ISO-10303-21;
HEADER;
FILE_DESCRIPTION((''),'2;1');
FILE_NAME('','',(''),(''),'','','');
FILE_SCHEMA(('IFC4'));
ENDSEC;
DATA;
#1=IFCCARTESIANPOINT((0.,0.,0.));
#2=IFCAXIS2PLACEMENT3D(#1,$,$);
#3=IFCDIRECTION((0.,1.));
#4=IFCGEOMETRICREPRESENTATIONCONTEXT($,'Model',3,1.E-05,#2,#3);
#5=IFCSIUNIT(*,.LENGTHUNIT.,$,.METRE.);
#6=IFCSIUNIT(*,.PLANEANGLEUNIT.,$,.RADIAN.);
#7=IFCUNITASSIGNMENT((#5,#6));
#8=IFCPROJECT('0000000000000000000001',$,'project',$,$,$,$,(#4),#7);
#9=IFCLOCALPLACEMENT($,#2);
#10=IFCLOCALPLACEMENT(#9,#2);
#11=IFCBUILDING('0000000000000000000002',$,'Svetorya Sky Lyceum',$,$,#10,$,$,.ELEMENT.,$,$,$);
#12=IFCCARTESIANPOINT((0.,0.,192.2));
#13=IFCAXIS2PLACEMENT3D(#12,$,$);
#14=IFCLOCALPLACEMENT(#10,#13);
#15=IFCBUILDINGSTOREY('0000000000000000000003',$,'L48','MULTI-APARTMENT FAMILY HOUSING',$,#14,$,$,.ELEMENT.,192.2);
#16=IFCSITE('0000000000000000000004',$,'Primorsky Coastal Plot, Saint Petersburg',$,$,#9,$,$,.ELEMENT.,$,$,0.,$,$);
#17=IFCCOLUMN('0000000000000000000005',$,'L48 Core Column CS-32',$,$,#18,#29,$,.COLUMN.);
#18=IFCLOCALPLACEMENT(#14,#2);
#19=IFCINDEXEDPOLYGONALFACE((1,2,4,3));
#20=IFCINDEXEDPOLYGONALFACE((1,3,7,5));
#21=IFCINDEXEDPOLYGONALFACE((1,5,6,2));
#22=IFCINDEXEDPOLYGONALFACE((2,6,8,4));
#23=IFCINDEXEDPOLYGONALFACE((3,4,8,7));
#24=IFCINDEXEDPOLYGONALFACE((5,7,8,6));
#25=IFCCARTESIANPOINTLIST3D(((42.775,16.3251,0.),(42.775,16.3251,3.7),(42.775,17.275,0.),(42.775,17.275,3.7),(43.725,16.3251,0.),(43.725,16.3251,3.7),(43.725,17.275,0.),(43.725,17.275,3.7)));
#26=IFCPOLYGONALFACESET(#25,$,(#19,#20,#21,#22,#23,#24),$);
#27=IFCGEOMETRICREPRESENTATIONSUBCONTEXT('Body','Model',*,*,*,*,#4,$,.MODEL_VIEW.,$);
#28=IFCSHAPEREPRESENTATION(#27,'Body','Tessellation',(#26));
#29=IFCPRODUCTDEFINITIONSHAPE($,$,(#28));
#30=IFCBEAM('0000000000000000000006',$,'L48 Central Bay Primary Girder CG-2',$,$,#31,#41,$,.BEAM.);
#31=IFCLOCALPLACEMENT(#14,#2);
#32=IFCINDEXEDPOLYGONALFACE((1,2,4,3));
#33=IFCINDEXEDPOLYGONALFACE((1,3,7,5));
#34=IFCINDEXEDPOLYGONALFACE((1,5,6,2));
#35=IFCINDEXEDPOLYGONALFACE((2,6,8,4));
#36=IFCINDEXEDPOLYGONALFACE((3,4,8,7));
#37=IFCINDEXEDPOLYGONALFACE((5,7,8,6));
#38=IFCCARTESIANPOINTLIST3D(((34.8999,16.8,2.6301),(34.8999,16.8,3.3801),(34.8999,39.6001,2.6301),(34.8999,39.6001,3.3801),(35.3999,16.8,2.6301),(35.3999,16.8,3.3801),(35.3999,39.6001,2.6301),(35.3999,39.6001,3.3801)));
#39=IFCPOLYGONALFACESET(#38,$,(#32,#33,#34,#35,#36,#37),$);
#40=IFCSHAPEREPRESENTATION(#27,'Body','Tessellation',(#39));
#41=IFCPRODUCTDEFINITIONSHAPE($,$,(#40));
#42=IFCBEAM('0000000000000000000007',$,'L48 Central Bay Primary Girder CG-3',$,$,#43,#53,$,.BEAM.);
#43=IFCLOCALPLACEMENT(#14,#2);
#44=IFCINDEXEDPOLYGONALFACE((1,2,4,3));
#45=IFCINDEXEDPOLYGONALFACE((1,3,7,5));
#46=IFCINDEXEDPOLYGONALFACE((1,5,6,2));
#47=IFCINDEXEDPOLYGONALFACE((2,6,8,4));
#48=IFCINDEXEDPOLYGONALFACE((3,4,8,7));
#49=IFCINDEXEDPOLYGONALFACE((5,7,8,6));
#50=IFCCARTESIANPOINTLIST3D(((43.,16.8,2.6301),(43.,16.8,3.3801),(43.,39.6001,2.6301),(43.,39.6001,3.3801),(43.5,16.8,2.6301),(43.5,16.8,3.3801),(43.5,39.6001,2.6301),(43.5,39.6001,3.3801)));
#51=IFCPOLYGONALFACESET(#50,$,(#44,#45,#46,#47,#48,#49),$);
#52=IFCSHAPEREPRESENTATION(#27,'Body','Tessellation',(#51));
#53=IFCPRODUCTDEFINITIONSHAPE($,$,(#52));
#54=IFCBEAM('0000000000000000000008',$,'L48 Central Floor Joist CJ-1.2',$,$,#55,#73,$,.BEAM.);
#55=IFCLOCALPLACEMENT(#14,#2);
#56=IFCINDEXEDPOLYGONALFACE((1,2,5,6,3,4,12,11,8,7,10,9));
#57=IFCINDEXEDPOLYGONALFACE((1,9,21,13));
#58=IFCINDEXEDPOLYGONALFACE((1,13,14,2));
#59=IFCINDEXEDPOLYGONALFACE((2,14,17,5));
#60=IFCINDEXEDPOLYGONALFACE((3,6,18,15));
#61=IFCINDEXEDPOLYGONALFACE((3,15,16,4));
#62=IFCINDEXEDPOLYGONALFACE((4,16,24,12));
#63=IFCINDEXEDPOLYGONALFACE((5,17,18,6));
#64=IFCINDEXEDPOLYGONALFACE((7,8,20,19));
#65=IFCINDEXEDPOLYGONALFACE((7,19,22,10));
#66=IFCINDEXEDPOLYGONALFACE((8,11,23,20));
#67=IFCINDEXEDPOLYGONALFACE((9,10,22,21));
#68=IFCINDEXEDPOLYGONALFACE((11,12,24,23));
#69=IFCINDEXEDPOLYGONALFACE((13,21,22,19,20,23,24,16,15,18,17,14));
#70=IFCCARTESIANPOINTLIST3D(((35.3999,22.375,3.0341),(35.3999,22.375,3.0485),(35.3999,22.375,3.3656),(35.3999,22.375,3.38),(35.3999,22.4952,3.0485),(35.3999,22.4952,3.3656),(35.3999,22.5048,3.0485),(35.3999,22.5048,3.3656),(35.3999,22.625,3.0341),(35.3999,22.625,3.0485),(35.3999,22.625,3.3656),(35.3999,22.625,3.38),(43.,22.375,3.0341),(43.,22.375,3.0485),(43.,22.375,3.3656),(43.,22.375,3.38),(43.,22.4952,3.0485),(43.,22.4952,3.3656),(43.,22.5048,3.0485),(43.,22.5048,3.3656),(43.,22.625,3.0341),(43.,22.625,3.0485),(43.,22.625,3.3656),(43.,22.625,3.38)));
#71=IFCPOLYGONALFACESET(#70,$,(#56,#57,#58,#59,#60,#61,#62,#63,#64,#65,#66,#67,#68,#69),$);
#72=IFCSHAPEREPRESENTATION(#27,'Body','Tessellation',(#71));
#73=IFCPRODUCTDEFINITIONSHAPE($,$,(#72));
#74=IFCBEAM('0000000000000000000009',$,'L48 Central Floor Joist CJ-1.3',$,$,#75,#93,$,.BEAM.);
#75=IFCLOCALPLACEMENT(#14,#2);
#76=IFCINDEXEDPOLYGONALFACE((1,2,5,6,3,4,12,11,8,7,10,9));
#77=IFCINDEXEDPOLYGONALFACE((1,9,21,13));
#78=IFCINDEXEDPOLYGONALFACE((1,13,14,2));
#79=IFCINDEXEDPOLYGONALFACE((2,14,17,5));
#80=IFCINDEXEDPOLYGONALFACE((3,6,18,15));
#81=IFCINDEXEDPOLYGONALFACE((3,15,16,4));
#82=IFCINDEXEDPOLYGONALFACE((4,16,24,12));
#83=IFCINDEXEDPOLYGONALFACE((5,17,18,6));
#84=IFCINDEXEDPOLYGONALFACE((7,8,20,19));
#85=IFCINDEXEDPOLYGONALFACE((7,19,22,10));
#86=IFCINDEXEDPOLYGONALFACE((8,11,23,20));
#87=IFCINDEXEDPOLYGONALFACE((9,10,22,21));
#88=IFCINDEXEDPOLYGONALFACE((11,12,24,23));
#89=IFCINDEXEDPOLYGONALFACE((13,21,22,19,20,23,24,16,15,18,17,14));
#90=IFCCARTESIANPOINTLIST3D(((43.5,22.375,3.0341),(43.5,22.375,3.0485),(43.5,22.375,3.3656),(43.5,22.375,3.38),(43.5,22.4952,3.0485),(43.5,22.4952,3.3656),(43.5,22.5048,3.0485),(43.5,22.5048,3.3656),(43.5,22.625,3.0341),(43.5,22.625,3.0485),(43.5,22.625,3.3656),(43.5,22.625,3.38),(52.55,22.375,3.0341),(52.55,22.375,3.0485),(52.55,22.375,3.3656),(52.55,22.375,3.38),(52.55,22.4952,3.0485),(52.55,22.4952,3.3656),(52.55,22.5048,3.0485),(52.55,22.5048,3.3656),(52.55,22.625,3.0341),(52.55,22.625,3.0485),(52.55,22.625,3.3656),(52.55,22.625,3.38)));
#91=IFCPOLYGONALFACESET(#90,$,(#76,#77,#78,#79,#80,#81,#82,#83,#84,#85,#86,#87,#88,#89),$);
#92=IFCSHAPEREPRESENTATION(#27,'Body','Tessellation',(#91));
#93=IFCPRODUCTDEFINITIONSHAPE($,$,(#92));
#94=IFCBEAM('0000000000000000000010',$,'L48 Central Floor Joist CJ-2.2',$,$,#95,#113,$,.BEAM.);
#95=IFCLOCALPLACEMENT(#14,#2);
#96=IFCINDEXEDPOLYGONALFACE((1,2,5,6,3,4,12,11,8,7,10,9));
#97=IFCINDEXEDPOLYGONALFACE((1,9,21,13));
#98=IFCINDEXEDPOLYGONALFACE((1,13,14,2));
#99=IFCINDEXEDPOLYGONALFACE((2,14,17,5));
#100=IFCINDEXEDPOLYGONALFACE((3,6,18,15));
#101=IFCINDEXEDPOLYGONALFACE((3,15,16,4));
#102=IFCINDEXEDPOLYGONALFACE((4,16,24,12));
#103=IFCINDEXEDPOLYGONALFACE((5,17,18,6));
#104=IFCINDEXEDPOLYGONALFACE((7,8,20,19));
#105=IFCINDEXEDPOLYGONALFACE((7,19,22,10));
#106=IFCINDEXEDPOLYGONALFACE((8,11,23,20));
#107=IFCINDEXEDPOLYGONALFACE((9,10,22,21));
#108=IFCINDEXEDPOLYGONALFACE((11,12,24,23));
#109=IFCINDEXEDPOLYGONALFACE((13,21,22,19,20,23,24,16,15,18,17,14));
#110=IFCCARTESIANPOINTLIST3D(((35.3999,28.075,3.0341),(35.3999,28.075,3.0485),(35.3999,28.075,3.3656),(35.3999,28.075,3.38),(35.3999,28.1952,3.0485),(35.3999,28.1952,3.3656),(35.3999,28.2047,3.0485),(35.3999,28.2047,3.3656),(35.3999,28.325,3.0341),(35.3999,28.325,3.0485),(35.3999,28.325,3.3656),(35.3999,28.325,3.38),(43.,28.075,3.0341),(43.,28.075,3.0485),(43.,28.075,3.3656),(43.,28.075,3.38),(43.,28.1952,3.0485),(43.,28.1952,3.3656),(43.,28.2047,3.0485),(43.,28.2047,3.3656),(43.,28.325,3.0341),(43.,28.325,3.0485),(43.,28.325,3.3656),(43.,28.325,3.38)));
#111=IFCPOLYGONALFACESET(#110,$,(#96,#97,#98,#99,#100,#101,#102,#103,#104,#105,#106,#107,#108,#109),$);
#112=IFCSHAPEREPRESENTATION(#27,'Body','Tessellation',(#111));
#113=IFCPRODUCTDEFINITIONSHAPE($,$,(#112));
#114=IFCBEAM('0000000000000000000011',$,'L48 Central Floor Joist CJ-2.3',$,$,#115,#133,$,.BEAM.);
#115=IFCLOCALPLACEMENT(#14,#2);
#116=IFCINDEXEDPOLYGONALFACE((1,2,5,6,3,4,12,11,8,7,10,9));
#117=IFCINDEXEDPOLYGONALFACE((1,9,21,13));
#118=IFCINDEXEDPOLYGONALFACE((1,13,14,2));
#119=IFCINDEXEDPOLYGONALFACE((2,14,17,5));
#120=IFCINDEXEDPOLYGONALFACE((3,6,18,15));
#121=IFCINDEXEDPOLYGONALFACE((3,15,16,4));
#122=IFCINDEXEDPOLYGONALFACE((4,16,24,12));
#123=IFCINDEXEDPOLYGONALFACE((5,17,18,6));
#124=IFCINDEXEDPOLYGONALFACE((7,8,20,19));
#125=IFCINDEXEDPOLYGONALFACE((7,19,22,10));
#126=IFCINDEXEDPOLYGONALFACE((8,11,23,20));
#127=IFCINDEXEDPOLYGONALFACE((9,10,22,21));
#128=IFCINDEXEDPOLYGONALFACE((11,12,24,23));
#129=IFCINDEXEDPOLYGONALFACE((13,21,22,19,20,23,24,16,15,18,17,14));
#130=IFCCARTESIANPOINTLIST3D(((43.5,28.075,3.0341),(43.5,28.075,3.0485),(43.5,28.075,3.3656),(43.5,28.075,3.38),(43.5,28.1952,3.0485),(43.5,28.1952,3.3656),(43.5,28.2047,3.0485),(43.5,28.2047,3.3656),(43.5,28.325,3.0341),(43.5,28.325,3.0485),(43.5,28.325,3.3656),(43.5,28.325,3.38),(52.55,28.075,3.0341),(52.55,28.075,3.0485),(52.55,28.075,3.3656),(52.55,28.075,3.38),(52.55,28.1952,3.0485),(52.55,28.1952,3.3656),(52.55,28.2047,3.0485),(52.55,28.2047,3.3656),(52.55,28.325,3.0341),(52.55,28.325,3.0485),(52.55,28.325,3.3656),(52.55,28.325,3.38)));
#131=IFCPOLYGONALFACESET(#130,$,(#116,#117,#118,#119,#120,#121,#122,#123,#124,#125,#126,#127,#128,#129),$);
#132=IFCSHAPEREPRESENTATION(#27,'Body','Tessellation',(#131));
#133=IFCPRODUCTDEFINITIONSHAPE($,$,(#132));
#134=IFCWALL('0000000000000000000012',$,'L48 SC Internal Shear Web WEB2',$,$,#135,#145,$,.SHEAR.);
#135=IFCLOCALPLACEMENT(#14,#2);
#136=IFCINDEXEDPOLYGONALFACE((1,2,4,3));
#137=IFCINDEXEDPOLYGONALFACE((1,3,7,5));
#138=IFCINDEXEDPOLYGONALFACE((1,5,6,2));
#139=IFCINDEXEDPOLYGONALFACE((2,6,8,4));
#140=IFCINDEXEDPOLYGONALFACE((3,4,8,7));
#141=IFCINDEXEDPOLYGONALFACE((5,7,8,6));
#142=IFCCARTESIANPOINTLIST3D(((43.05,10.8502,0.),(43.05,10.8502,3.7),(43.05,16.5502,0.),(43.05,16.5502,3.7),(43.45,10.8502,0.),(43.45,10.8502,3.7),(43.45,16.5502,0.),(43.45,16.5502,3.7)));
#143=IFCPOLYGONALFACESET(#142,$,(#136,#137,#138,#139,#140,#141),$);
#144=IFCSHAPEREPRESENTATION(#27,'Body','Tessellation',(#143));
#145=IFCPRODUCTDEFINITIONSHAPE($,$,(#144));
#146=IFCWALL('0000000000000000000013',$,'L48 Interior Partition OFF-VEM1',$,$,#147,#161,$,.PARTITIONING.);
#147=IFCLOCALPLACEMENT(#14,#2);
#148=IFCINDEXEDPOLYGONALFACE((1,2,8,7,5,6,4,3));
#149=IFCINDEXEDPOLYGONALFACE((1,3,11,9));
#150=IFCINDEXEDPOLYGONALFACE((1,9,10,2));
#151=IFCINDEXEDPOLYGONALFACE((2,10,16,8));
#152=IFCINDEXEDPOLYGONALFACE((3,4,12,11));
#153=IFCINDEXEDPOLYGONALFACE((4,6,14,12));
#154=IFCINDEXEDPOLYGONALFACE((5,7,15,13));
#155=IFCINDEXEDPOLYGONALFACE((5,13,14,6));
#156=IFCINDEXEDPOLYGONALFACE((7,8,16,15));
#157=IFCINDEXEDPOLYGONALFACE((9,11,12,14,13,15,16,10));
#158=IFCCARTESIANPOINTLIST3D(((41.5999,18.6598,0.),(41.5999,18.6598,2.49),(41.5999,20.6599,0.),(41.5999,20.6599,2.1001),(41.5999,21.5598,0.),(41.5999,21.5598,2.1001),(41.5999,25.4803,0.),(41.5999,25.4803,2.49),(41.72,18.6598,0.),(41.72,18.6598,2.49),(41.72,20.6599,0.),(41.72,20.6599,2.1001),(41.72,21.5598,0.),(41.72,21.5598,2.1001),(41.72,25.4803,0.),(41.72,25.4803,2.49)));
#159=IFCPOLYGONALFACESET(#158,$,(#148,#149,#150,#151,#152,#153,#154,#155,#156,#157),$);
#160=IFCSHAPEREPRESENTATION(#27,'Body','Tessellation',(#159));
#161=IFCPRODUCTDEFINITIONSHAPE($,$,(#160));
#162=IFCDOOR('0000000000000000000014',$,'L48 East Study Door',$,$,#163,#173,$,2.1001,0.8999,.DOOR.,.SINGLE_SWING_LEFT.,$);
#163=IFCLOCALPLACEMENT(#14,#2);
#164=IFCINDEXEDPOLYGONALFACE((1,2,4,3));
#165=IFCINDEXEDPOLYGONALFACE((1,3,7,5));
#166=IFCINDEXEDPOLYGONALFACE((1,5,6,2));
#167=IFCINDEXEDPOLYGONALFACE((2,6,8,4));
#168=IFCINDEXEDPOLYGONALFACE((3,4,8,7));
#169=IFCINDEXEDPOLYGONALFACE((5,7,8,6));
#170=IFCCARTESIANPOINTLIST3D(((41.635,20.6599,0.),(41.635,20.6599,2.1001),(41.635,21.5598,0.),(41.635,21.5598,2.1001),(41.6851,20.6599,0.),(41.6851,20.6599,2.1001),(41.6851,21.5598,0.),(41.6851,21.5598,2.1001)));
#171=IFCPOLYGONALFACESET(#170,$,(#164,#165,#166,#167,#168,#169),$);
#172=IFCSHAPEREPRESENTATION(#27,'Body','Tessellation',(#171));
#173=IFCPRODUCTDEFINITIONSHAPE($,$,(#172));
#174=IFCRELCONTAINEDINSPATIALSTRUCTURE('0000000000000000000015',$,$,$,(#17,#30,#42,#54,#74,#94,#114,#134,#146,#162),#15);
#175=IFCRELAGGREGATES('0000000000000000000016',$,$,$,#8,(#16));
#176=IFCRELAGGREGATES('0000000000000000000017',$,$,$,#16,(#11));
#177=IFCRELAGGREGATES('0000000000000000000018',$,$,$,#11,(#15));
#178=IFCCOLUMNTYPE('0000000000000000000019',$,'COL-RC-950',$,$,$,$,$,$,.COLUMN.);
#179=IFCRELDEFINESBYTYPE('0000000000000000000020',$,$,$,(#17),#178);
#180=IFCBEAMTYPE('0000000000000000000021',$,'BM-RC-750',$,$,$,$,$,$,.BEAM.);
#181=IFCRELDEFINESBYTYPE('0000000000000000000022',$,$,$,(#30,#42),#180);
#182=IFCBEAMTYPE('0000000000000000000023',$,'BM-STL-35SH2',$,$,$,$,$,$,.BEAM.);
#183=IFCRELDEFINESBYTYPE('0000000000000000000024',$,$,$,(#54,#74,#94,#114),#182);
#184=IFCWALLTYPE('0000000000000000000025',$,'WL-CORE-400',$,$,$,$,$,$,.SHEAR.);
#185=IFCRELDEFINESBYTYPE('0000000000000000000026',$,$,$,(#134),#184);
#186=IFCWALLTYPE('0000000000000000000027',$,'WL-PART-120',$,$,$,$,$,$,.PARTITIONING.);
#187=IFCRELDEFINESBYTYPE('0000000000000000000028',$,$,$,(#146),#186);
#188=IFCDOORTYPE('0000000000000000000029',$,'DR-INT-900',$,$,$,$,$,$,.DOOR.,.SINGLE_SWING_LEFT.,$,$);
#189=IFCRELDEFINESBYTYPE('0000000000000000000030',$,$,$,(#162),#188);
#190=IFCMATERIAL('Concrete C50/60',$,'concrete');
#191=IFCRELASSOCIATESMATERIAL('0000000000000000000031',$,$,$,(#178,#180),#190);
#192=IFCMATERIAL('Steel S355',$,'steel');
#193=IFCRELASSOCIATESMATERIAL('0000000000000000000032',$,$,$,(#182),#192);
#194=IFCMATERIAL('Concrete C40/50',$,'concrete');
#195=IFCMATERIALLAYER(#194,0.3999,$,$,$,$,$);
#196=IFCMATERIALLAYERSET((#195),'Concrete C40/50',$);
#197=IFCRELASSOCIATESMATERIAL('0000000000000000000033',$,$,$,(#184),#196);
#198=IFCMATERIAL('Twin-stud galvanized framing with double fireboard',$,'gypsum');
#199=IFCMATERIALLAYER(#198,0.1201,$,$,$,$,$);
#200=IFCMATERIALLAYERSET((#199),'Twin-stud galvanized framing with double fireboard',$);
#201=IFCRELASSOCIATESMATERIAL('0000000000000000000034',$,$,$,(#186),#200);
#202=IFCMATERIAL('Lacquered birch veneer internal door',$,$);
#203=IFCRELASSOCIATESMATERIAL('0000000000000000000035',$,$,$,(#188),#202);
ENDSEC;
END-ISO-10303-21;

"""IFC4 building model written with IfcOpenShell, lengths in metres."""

from ifc_helpers import new_model, si_unit, direction, frame, frame_2d, origin, origin_2d, place, context, subcontext, project, spatial, rectangle, i_section, extrude, material, layer, layer_set, material_profile, profile_set, type_object, element, fill, save


model = new_model("IFC4")

# Units and contexts
model_context = context("Model", 3, precision=1e-05, world=origin(), true_north=direction((0.0, 1.0)))
body_context = subcontext(model_context, "Body", "Model", "MODEL_VIEW")
ifc_project = project(units=[si_unit("LENGTHUNIT", "METRE"), si_unit("PLANEANGLEUNIT", "RADIAN")], contexts=[model_context])

# Site, building, storey
site_placement = place(None, origin())
site = spatial("IfcSite", under=ifc_project, at=site_placement, Name="Primorsky Coastal Plot, Saint Petersburg", CompositionType="ELEMENT", RefElevation=0.0)
building_placement = place(site_placement, origin())
building = spatial("IfcBuilding", under=site, at=building_placement, Name="Svetorya Sky Lyceum", CompositionType="ELEMENT")
storey_placement = place(building_placement, frame((0.0, 0.0, 192.2)))
storey = spatial("IfcBuildingStorey", under=building, at=storey_placement, Name="L48", Description="MULTI-APARTMENT FAMILY HOUSING", CompositionType="ELEMENT", Elevation=192.2)

# Column
ifc_material_1 = material(Name="Concrete C50/60", Category="concrete")
ifc_material_profile_1 = material_profile(ifc_material_1, rectangle(XDim=0.95, YDim=0.95, at=origin_2d()), Name="RC COL 950x950")
ifc_profile_set_1 = profile_set([ifc_material_profile_1], Name="Concrete C50/60")
column_type = type_object("IfcColumnType", Name="COL-RC-950", PredefinedType="COLUMN", material=ifc_profile_set_1)
column_placement = place(storey_placement, frame((43.25, 16.8, 0.0), z_axis=(0.0, 0.0, 1.0), x_axis=(1.0, 0.0, 0.0)))
element("IfcColumn", 1, at=column_placement, inside=storey, type_object=column_type, Name="L48 Core Column CS-32", PredefinedType="COLUMN", context=body_context, shape_type="SweptSolid", body=[
    extrude(rectangle(XDim=0.95, YDim=0.95, at=origin_2d()), origin(), (0.0, 0.0, 1.0), 3.7),
])

# Beams
ifc_material_profile_2 = material_profile(ifc_material_1, rectangle(XDim=0.5, YDim=0.75, at=origin_2d()), Name="RC BEAM 500x750")
ifc_profile_set_2 = profile_set([ifc_material_profile_2], Name="Concrete C50/60")
beam_type_1 = type_object("IfcBeamType", Name="BM-RC-750", PredefinedType="BEAM", material=ifc_profile_set_2)
for number, where, z_axis, x_axis, name in (
    (2, (35.1499, 16.8, 3.0051), (0.0, 1.0, 0.0), (-1.0, 0.0, 0.0), "L48 Central Bay Primary Girder CG-2"),
    (3, (43.25, 16.8, 3.0051), (0.0, 1.0, 0.0), (-1.0, 0.0, 0.0), "L48 Central Bay Primary Girder CG-3"),
):
    element("IfcBeam", number, at=place(storey_placement, frame(where, z_axis=z_axis, x_axis=x_axis)), inside=storey, type_object=beam_type_1, Name=name, PredefinedType="BEAM", context=body_context, shape_type="SweptSolid", body=[
        extrude(rectangle(XDim=0.5, YDim=0.75, at=origin_2d()), origin(), (0.0, 0.0, 1.0), 22.8),
    ])
ifc_material_2 = material(Name="Steel S355", Category="steel")
ifc_material_profile_3 = material_profile(ifc_material_2, i_section(OverallWidth=0.25, OverallDepth=0.3459, WebThickness=0.0095, FlangeThickness=0.0144, at=origin_2d()), Name="GOST 35Sh2")
ifc_profile_set_3 = profile_set([ifc_material_profile_3], Name="Steel S355")
beam_type_2 = type_object("IfcBeamType", Name="BM-STL-35SH2", PredefinedType="BEAM", material=ifc_profile_set_3)
beam_1_placement = place(storey_placement, frame((35.3999, 22.5, 3.207), z_axis=(1.0, 0.0, 0.0), x_axis=(0.0, 1.0, 0.0)))
element("IfcBeam", 4, at=beam_1_placement, inside=storey, type_object=beam_type_2, Name="L48 Central Floor Joist CJ-1.2", PredefinedType="BEAM", context=body_context, shape_type="SweptSolid", body=[
    extrude(i_section(OverallWidth=0.25, OverallDepth=0.3459, WebThickness=0.0095, FlangeThickness=0.0144, at=origin_2d()), origin(), (0.0, 0.0, 1.0), 7.6001),
])
beam_2_placement = place(storey_placement, frame((43.5, 22.5, 3.207), z_axis=(1.0, 0.0, 0.0), x_axis=(0.0, 1.0, 0.0)))
element("IfcBeam", 5, at=beam_2_placement, inside=storey, type_object=beam_type_2, Name="L48 Central Floor Joist CJ-1.3", PredefinedType="BEAM", context=body_context, shape_type="SweptSolid", body=[
    extrude(i_section(OverallWidth=0.25, OverallDepth=0.3459, WebThickness=0.0095, FlangeThickness=0.0144, at=origin_2d()), origin(), (0.0, 0.0, 1.0), 9.05),
])
beam_3_placement = place(storey_placement, frame((35.3999, 28.2, 3.207), z_axis=(1.0, 0.0, 0.0), x_axis=(0.0, 1.0, 0.0)))
element("IfcBeam", 6, at=beam_3_placement, inside=storey, type_object=beam_type_2, Name="L48 Central Floor Joist CJ-2.2", PredefinedType="BEAM", context=body_context, shape_type="SweptSolid", body=[
    extrude(i_section(OverallWidth=0.25, OverallDepth=0.3459, WebThickness=0.0095, FlangeThickness=0.0144, at=origin_2d()), origin(), (0.0, 0.0, 1.0), 7.6001),
])
beam_4_placement = place(storey_placement, frame((43.5, 28.2, 3.207), z_axis=(1.0, 0.0, 0.0), x_axis=(0.0, 1.0, 0.0)))
element("IfcBeam", 7, at=beam_4_placement, inside=storey, type_object=beam_type_2, Name="L48 Central Floor Joist CJ-2.3", PredefinedType="BEAM", context=body_context, shape_type="SweptSolid", body=[
    extrude(i_section(OverallWidth=0.25, OverallDepth=0.3459, WebThickness=0.0095, FlangeThickness=0.0144, at=origin_2d()), origin(), (0.0, 0.0, 1.0), 9.05),
])

# Wall
ifc_material_3 = material(Name="Concrete C40/50", Category="concrete")
ifc_layer_1 = layer(ifc_material_3, 0.3999)
ifc_layer_set_1 = layer_set([ifc_layer_1], Name="Concrete C40/50")
wall_type_1 = type_object("IfcWallType", Name="WL-CORE-400", PredefinedType="SHEAR", material=ifc_layer_set_1)
wall_1_placement = place(storey_placement, frame((43.25, 10.8501, 0.0), z_axis=(0.0, 0.0, 1.0), x_axis=(0.0, 1.0, 0.0)))
element("IfcWall", 8, at=wall_1_placement, inside=storey, type_object=wall_type_1, Name="L48 SC Internal Shear Web WEB2", PredefinedType="SHEAR", context=body_context, shape_type="SweptSolid", body=[
    extrude(rectangle(XDim=5.7, YDim=0.3999, at=frame_2d((2.8501, 0.0))), origin(), (0.0, 0.0, 1.0), 3.7),
])

# Wall, opening, door
ifc_material_4 = material(Name="Twin-stud galvanized framing with double fireboard", Category="gypsum")
ifc_layer_2 = layer(ifc_material_4, 0.1201)
ifc_layer_set_2 = layer_set([ifc_layer_2], Name="Twin-stud galvanized framing with double fireboard")
wall_type_2 = type_object("IfcWallType", Name="WL-PART-120", PredefinedType="PARTITIONING", material=ifc_layer_set_2)
wall_2_placement = place(storey_placement, frame((41.6599, 18.6599, 0.0), z_axis=(0.0, 0.0, 1.0), x_axis=(0.0, 1.0, 0.0)))
wall_2 = element("IfcWall", 9, at=wall_2_placement, inside=storey, type_object=wall_type_2, Name="L48 Interior Partition OFF-VEM1", PredefinedType="PARTITIONING", context=body_context, shape_type="SweptSolid", body=[
    extrude(rectangle(XDim=6.8206, YDim=0.1201, at=frame_2d((3.4102, 0.0))), origin(), (0.0, 0.0, 1.0), 2.49),
])
opening_1_placement = place(wall_2_placement, frame((2.0, 0.0, 0.0)))
opening_1 = element("IfcOpeningElement", 10, at=opening_1_placement, cuts=wall_2, PredefinedType="OPENING", context=body_context, shape_type="SweptSolid", body=[
    extrude(rectangle(XDim=0.8999, YDim=2.1001, at=frame_2d((0.45, 1.05))), frame((0.0, 0.0701, 0.0), z_axis=(0.0, -1.0, 0.0), x_axis=(1.0, 0.0, 0.0)), (0.0, 0.0, 1.0), 0.1401),
])
ifc_material_5 = material(Name="Lacquered birch veneer internal door")
door_type_1 = type_object("IfcDoorType", Name="DR-INT-900", OperationType="SINGLE_SWING_LEFT", PredefinedType="DOOR", material=ifc_material_5)
door_1_placement = place(opening_1_placement, origin())
door_1 = element("IfcDoor", 11, at=door_1_placement, inside=storey, type_object=door_type_1, Name="L48 East Study Door", OperationType="SINGLE_SWING_LEFT", OverallHeight=2.1001, OverallWidth=0.8999, PredefinedType="DOOR", context=body_context, shape_type="SweptSolid", body=[
    extrude(rectangle(XDim=0.8999, YDim=2.1001, at=frame_2d((0.45, 1.05))), frame((0.0, 0.0249, 0.0), z_axis=(0.0, -1.0, 0.0), x_axis=(1.0, 0.0, 0.0)), (0.0, 0.0, 1.0), 0.05),
])
fill(opening_1, door_1)

save(model, "model.ifc")
